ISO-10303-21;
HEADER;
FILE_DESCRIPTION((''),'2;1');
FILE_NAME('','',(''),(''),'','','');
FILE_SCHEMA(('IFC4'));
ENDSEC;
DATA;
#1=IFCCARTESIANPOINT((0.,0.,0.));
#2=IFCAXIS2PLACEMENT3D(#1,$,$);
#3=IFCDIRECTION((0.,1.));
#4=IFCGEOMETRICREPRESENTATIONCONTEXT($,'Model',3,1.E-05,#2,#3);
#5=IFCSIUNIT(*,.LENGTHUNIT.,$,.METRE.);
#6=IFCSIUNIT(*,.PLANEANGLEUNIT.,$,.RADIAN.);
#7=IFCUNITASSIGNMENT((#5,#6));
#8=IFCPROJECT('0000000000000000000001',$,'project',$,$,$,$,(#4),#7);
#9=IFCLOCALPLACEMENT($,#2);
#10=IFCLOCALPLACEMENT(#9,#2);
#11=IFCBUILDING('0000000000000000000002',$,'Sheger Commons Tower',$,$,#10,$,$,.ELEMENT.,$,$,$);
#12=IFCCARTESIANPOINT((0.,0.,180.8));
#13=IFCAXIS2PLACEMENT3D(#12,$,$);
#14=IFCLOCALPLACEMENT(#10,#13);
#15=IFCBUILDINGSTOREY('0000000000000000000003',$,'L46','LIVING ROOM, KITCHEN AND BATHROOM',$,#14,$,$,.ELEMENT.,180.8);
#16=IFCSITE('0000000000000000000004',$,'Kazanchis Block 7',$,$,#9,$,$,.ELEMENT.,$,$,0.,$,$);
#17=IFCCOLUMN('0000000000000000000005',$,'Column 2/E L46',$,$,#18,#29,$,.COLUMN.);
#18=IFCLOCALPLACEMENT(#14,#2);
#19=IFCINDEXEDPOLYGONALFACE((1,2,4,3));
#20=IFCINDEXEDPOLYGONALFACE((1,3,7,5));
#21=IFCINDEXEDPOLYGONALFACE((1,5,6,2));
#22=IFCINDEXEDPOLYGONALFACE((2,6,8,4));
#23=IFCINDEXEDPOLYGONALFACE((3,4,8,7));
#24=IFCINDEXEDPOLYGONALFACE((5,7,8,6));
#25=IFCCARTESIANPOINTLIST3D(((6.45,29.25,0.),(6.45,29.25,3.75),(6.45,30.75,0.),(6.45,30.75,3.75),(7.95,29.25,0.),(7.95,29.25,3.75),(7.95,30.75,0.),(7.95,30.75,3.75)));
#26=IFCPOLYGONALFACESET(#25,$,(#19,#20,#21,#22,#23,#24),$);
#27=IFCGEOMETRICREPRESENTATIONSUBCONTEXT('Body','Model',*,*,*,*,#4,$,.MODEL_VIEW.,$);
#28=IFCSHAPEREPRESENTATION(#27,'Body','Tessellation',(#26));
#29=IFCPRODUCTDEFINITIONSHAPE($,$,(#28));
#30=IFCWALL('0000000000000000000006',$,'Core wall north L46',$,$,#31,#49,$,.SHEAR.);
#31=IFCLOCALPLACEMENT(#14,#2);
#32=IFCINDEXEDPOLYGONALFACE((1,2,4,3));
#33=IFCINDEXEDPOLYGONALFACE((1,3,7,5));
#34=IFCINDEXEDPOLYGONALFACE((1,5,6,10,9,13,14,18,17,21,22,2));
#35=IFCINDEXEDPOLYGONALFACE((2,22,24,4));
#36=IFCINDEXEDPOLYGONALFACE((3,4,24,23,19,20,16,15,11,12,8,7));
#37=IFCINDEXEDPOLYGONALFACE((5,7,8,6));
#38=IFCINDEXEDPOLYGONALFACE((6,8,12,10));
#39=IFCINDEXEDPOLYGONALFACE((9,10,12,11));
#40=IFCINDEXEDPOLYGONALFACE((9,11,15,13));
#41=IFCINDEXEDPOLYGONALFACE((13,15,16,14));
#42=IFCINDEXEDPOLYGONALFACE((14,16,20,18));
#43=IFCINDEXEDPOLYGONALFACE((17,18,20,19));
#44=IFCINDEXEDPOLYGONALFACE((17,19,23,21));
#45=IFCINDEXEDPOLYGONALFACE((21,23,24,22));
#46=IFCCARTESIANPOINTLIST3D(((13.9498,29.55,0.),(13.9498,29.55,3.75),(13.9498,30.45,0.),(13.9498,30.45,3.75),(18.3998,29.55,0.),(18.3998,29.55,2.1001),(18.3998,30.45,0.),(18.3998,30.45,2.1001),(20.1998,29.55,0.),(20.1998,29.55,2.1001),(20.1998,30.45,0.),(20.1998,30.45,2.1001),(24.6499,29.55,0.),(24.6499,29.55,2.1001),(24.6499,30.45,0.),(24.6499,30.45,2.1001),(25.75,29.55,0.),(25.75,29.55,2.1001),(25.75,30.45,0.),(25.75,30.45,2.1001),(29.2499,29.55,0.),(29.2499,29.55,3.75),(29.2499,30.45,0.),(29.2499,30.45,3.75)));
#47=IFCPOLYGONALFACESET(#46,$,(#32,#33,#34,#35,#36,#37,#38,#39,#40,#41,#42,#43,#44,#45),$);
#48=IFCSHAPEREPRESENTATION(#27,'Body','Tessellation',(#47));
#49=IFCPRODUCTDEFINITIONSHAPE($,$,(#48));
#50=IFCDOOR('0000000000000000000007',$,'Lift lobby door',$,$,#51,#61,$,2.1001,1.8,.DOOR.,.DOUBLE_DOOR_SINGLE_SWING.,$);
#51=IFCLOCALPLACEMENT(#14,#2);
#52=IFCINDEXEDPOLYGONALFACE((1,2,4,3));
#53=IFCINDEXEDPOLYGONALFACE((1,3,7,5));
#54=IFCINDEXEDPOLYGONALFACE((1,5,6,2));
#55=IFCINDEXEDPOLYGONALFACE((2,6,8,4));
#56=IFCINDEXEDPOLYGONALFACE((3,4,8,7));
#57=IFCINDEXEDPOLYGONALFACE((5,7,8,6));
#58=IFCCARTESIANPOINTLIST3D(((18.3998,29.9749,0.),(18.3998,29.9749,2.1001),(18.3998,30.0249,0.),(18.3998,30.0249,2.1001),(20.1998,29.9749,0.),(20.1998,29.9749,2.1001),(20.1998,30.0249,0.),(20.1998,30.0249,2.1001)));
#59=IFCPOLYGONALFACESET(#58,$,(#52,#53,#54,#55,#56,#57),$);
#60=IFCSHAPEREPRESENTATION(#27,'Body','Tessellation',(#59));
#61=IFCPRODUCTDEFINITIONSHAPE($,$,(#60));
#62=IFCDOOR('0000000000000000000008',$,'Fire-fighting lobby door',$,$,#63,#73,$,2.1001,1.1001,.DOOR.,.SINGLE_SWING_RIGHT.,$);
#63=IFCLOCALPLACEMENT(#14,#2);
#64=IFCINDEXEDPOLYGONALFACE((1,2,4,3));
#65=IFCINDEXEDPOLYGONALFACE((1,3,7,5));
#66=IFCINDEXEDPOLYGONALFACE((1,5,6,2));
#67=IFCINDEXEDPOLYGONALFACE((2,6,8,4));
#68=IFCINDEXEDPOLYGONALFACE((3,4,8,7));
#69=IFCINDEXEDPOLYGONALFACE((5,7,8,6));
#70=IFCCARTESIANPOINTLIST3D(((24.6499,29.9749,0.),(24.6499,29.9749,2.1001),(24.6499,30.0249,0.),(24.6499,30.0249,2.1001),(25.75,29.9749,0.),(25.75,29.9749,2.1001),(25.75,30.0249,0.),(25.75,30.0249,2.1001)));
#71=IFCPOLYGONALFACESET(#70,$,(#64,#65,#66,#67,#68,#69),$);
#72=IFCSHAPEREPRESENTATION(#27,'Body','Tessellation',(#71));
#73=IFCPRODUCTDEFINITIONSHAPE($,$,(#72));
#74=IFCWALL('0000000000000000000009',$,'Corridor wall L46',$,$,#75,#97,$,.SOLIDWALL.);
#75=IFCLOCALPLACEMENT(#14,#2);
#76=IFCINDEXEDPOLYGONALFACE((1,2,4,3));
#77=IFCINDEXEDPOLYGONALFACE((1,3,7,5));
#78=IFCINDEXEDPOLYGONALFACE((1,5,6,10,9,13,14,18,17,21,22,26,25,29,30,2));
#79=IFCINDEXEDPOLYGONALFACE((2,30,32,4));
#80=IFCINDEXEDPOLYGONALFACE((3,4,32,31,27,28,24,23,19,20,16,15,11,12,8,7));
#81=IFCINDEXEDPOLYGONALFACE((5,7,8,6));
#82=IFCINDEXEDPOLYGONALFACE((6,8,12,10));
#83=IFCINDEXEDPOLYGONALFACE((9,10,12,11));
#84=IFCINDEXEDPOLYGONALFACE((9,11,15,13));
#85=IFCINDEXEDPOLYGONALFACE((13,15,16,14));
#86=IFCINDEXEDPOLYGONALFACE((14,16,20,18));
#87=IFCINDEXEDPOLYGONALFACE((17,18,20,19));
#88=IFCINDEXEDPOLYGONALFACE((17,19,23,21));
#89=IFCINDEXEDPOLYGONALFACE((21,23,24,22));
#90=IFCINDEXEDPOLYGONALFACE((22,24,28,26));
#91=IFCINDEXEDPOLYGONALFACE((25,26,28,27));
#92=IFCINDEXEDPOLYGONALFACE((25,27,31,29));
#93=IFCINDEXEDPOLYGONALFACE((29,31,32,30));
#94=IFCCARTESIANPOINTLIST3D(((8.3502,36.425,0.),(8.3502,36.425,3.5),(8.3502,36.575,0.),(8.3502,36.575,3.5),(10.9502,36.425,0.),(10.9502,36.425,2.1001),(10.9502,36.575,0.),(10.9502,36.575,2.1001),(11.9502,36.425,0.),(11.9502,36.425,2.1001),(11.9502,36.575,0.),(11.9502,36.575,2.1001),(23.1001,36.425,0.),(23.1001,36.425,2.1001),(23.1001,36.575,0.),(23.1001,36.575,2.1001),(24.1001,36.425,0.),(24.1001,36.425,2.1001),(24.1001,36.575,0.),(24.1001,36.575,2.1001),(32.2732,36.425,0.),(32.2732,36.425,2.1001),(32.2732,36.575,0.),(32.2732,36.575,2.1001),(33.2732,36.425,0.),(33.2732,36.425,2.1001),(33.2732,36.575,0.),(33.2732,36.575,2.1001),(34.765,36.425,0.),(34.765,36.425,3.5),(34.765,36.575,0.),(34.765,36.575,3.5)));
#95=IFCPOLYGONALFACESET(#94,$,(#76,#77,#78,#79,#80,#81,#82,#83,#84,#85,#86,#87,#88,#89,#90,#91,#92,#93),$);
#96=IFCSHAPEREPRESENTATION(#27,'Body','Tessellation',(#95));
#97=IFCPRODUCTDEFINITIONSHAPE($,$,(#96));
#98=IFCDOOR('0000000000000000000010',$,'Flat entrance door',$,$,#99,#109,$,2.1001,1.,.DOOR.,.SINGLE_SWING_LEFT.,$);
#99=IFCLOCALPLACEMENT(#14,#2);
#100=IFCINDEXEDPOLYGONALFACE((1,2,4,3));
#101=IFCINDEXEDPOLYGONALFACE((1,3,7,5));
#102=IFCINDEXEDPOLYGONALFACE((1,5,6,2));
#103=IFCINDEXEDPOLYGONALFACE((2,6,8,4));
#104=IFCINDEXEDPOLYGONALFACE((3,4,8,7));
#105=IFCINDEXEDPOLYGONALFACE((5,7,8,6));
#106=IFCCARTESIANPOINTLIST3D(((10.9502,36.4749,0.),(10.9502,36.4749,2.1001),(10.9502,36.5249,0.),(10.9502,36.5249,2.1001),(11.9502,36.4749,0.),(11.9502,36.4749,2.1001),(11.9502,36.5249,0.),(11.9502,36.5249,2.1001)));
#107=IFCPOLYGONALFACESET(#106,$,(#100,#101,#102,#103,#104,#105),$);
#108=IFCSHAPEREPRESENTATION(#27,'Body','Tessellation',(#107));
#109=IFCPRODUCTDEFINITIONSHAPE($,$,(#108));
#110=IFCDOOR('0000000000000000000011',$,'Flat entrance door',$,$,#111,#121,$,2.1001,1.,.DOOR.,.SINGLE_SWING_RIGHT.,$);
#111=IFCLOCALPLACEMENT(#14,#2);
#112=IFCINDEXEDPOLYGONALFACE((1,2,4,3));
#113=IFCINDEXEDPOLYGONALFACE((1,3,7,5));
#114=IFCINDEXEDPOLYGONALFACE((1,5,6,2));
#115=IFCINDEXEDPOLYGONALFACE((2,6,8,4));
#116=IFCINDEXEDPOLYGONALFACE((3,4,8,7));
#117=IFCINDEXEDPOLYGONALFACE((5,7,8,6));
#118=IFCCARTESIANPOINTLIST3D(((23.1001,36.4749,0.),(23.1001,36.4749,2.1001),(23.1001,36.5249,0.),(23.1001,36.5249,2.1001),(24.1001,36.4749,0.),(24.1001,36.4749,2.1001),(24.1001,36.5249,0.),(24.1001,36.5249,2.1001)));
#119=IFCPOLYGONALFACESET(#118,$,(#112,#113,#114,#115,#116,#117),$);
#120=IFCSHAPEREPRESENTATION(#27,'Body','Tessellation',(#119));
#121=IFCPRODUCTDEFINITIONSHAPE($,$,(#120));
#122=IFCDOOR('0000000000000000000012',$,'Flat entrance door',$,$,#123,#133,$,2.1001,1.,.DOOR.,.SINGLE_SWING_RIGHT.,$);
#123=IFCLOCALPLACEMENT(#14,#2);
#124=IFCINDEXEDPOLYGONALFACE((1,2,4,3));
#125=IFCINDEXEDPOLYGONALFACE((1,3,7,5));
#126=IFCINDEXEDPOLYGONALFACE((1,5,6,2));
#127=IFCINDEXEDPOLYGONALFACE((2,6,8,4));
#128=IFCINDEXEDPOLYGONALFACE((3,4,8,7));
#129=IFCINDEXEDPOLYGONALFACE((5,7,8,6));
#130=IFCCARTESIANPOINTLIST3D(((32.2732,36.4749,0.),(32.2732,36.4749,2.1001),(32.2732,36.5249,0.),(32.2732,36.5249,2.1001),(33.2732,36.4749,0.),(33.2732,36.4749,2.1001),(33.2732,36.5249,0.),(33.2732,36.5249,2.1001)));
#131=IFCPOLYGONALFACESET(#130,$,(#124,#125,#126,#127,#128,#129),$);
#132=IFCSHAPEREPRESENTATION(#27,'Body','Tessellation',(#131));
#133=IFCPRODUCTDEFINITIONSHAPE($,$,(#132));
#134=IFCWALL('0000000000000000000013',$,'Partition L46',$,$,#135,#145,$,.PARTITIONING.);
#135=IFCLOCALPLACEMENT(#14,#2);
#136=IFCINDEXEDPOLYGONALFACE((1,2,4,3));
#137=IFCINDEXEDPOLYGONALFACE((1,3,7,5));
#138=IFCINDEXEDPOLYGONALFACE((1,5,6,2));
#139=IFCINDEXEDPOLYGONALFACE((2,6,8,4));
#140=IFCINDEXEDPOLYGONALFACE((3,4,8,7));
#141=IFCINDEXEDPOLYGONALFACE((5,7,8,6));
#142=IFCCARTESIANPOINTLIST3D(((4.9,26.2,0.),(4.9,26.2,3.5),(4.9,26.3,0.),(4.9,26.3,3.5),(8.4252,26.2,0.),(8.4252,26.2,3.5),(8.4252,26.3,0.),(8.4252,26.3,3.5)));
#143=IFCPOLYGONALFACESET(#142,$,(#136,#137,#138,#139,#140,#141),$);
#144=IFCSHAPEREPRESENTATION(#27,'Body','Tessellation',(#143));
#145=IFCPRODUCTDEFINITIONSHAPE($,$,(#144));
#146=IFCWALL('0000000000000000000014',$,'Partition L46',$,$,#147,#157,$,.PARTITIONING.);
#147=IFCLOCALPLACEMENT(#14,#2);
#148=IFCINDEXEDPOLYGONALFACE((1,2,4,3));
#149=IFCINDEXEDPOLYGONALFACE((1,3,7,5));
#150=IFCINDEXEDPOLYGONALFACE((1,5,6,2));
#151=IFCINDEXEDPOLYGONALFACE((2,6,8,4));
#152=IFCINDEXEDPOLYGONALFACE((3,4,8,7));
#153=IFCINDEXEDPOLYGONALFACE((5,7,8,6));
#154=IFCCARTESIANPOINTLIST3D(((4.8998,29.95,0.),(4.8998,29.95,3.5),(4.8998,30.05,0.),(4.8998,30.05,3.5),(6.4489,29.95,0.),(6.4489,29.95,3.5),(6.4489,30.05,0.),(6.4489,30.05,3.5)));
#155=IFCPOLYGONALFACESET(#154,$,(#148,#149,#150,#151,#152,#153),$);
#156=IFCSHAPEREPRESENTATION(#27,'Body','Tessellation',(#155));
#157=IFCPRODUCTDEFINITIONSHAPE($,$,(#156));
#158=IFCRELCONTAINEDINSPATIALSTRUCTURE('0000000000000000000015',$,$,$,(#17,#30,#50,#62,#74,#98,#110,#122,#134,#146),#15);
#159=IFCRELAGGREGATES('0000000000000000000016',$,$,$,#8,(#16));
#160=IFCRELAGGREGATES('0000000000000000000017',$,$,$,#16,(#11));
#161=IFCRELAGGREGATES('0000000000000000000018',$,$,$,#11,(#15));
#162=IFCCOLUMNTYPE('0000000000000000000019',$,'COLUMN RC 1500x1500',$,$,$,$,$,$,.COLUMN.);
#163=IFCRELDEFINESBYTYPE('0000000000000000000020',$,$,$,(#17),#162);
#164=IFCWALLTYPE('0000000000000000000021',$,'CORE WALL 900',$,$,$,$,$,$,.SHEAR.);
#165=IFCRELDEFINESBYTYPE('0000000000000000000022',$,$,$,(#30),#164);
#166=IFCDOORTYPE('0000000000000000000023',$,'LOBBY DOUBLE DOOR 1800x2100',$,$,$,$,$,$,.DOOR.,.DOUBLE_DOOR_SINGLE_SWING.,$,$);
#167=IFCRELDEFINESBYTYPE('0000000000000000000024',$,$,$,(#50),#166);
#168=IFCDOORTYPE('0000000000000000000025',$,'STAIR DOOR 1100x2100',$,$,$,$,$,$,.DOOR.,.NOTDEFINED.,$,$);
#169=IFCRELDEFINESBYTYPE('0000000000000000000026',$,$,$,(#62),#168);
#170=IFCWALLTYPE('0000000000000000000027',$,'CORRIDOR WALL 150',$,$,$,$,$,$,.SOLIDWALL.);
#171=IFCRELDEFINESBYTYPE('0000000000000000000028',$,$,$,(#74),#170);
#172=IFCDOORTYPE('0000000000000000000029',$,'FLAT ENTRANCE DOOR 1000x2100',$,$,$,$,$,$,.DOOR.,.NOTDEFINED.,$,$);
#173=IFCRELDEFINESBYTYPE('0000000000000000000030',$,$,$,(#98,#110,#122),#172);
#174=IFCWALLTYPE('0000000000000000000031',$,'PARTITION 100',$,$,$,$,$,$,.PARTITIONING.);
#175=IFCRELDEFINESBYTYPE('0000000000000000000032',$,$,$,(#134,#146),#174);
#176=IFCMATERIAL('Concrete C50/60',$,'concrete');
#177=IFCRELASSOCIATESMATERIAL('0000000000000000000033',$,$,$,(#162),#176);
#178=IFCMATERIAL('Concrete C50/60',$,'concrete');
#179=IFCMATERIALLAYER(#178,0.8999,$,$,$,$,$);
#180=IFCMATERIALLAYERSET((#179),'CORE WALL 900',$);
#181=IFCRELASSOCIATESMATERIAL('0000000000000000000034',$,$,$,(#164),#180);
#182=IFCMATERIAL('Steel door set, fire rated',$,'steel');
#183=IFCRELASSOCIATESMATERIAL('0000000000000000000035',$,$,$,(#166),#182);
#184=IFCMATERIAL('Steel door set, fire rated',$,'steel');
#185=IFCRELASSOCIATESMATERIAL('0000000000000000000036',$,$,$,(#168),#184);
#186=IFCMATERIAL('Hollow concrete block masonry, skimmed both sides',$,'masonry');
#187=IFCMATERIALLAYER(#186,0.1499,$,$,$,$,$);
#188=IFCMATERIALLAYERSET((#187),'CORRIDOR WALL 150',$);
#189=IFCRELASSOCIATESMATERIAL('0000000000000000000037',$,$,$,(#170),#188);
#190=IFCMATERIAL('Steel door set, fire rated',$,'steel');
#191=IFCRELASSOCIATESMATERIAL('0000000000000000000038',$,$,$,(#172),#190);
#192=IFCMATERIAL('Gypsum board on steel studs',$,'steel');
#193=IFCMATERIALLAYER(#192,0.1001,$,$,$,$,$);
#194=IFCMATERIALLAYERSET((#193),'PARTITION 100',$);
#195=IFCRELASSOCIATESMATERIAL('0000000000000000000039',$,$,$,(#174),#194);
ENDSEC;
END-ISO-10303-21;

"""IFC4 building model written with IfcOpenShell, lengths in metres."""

from ifc_helpers import new_model, si_unit, direction, frame, frame_2d, origin, origin_2d, place, context, subcontext, project, spatial, rectangle, extrude, material, layer, layer_set, material_profile, profile_set, type_object, element, fill, save


model = new_model("IFC4")

# Units and contexts
model_context = context("Model", 3, precision=1e-05, world=origin(), true_north=direction((0.0, 1.0)))
body_context = subcontext(model_context, "Body", "Model", "MODEL_VIEW")
ifc_project = project(units=[si_unit("LENGTHUNIT", "METRE"), si_unit("PLANEANGLEUNIT", "RADIAN")], contexts=[model_context])

# Site, building, storey
site_placement = place(None, origin())
site = spatial("IfcSite", under=ifc_project, at=site_placement, Name="Kazanchis Block 7", CompositionType="ELEMENT", RefElevation=0.0)
building_placement = place(site_placement, origin())
building = spatial("IfcBuilding", under=site, at=building_placement, Name="Sheger Commons Tower", CompositionType="ELEMENT")
storey_placement = place(building_placement, frame((0.0, 0.0, 180.8)))
storey = spatial("IfcBuildingStorey", under=building, at=storey_placement, Name="L46", Description="LIVING ROOM, KITCHEN AND BATHROOM", CompositionType="ELEMENT", Elevation=180.8)

# Column
ifc_material_1 = material(Name="Concrete C50/60", Category="concrete")
ifc_material_profile = material_profile(ifc_material_1, rectangle(XDim=1.5, YDim=1.5, at=origin_2d()), Name="RC 1500x1500")
ifc_profile_set = profile_set([ifc_material_profile], Name="Concrete C50/60")
column_type = type_object("IfcColumnType", Name="COLUMN RC 1500x1500", PredefinedType="COLUMN", material=ifc_profile_set)
column_placement = place(storey_placement, frame((7.2, 30.0, 0.0), z_axis=(0.0, 0.0, 1.0), x_axis=(1.0, 0.0, 0.0)))
element("IfcColumn", 1, at=column_placement, inside=storey, type_object=column_type, Name="Column 2/E L46", PredefinedType="COLUMN", context=body_context, shape_type="SweptSolid", body=[
    extrude(rectangle(XDim=1.5, YDim=1.5, at=origin_2d()), origin(), (0.0, 0.0, 1.0), 3.75),
])

# Walls, openings, doors
ifc_material_2 = material(Name="Concrete C50/60", Category="concrete")
ifc_layer_1 = layer(ifc_material_2, 0.8999)
ifc_layer_set_1 = layer_set([ifc_layer_1], Name="CORE WALL 900")
wall_type_1 = type_object("IfcWallType", Name="CORE WALL 900", PredefinedType="SHEAR", material=ifc_layer_set_1)
wall_1_placement = place(storey_placement, frame((13.95, 30.0, 0.0), z_axis=(0.0, 0.0, 1.0), x_axis=(1.0, 0.0, 0.0)))
wall_1 = element("IfcWall", 2, at=wall_1_placement, inside=storey, type_object=wall_type_1, Name="Core wall north L46", PredefinedType="SHEAR", context=body_context, shape_type="SweptSolid", body=[
    extrude(rectangle(XDim=15.3, YDim=0.8999, at=frame_2d((7.6499, 0.0))), origin(), (0.0, 0.0, 1.0), 3.75),
])
opening_1_placement = place(wall_1_placement, frame((4.45, 0.0, 0.0)))
opening_1 = element("IfcOpeningElement", 3, at=opening_1_placement, cuts=wall_1, PredefinedType="OPENING", context=body_context, shape_type="SweptSolid", body=[
    extrude(rectangle(XDim=1.8, YDim=2.1001, at=frame_2d((0.8999, 1.05))), frame((0.0, 0.46, 0.0), z_axis=(0.0, -1.0, 0.0), x_axis=(1.0, 0.0, 0.0)), (0.0, 0.0, 1.0), 0.9199),
])
opening_2_placement = place(wall_1_placement, frame((10.7, 0.0, 0.0)))
opening_2 = element("IfcOpeningElement", 4, at=opening_2_placement, cuts=wall_1, PredefinedType="OPENING", context=body_context, shape_type="SweptSolid", body=[
    extrude(rectangle(XDim=1.1001, YDim=2.1001, at=frame_2d((0.55, 1.05))), frame((0.0, 0.46, 0.0), z_axis=(0.0, -1.0, 0.0), x_axis=(1.0, 0.0, 0.0)), (0.0, 0.0, 1.0), 0.9199),
])
ifc_material_3 = material(Name="Steel door set, fire rated", Category="steel")
door_type_1 = type_object("IfcDoorType", Name="LOBBY DOUBLE DOOR 1800x2100", OperationType="DOUBLE_DOOR_SINGLE_SWING", PredefinedType="DOOR", material=ifc_material_3)
door_1_placement = place(opening_1_placement, origin())
door_1 = element("IfcDoor", 5, at=door_1_placement, inside=storey, type_object=door_type_1, Name="Lift lobby door", OperationType="DOUBLE_DOOR_SINGLE_SWING", OverallHeight=2.1001, OverallWidth=1.8, PredefinedType="DOOR", context=body_context, shape_type="SweptSolid", body=[
    extrude(rectangle(XDim=1.8, YDim=2.1001, at=frame_2d((0.8999, 1.05))), frame((0.0, 0.0249, 0.0), z_axis=(0.0, -1.0, 0.0), x_axis=(1.0, 0.0, 0.0)), (0.0, 0.0, 1.0), 0.05),
])
fill(opening_1, door_1)
ifc_material_4 = material(Name="Steel door set, fire rated", Category="steel")
door_type_2 = type_object("IfcDoorType", Name="STAIR DOOR 1100x2100", OperationType="NOTDEFINED", PredefinedType="DOOR", material=ifc_material_4)
door_2_placement = place(opening_2_placement, origin())
door_2 = element("IfcDoor", 6, at=door_2_placement, inside=storey, type_object=door_type_2, Name="Fire-fighting lobby door", OperationType="SINGLE_SWING_RIGHT", OverallHeight=2.1001, OverallWidth=1.1001, PredefinedType="DOOR", context=body_context, shape_type="SweptSolid", body=[
    extrude(rectangle(XDim=1.1001, YDim=2.1001, at=frame_2d((0.55, 1.05))), frame((0.0, 0.0249, 0.0), z_axis=(0.0, -1.0, 0.0), x_axis=(1.0, 0.0, 0.0)), (0.0, 0.0, 1.0), 0.05),
])
fill(opening_2, door_2)
ifc_material_5 = material(Name="Hollow concrete block masonry, skimmed both sides", Category="masonry")
ifc_layer_2 = layer(ifc_material_5, 0.1499)
ifc_layer_set_2 = layer_set([ifc_layer_2], Name="CORRIDOR WALL 150")
wall_type_2 = type_object("IfcWallType", Name="CORRIDOR WALL 150", PredefinedType="SOLIDWALL", material=ifc_layer_set_2)
wall_2_placement = place(storey_placement, frame((8.3501, 36.5, 0.0), z_axis=(0.0, 0.0, 1.0), x_axis=(1.0, 0.0, 0.0)))
wall_2 = element("IfcWall", 7, at=wall_2_placement, inside=storey, type_object=wall_type_2, Name="Corridor wall L46", PredefinedType="SOLIDWALL", context=body_context, shape_type="SweptSolid", body=[
    extrude(rectangle(XDim=26.4148, YDim=0.1499, at=frame_2d((13.2075, 0.0))), origin(), (0.0, 0.0, 1.0), 3.5),
])
opening_3_placement = place(wall_2_placement, frame((2.6001, 0.0, 0.0)))
opening_3 = element("IfcOpeningElement", 8, at=opening_3_placement, cuts=wall_2, PredefinedType="OPENING", context=body_context, shape_type="SweptSolid", body=[
    extrude(rectangle(XDim=1.0, YDim=2.1001, at=frame_2d((0.5, 1.05))), frame((0.0, 0.085, 0.0), z_axis=(0.0, -1.0, 0.0), x_axis=(1.0, 0.0, 0.0)), (0.0, 0.0, 1.0), 0.1699),
])
opening_4_placement = place(wall_2_placement, frame((14.75, 0.0, 0.0)))
opening_4 = element("IfcOpeningElement", 9, at=opening_4_placement, cuts=wall_2, PredefinedType="OPENING", context=body_context, shape_type="SweptSolid", body=[
    extrude(rectangle(XDim=1.0, YDim=2.1001, at=frame_2d((0.5, 1.05))), frame((0.0, 0.085, 0.0), z_axis=(0.0, -1.0, 0.0), x_axis=(1.0, 0.0, 0.0)), (0.0, 0.0, 1.0), 0.1699),
])
opening_5_placement = place(wall_2_placement, frame((23.9231, 0.0, 0.0)))
opening_5 = element("IfcOpeningElement", 10, at=opening_5_placement, cuts=wall_2, PredefinedType="OPENING", context=body_context, shape_type="SweptSolid", body=[
    extrude(rectangle(XDim=1.0, YDim=2.1001, at=frame_2d((0.5, 1.05))), frame((0.0, 0.085, 0.0), z_axis=(0.0, -1.0, 0.0), x_axis=(1.0, 0.0, 0.0)), (0.0, 0.0, 1.0), 0.1699),
])
ifc_material_6 = material(Name="Steel door set, fire rated", Category="steel")
door_type_3 = type_object("IfcDoorType", Name="FLAT ENTRANCE DOOR 1000x2100", OperationType="NOTDEFINED", PredefinedType="DOOR", material=ifc_material_6)
door_3_placement = place(opening_3_placement, origin())
door_3 = element("IfcDoor", 11, at=door_3_placement, inside=storey, type_object=door_type_3, Name="Flat entrance door", OperationType="SINGLE_SWING_LEFT", OverallHeight=2.1001, OverallWidth=1.0, PredefinedType="DOOR", context=body_context, shape_type="SweptSolid", body=[
    extrude(rectangle(XDim=1.0, YDim=2.1001, at=frame_2d((0.5, 1.05))), frame((0.0, 0.0249, 0.0), z_axis=(0.0, -1.0, 0.0), x_axis=(1.0, 0.0, 0.0)), (0.0, 0.0, 1.0), 0.05),
])
fill(opening_3, door_3)
door_4_placement = place(opening_4_placement, origin())
door_4 = element("IfcDoor", 12, at=door_4_placement, inside=storey, type_object=door_type_3, Name="Flat entrance door", OperationType="SINGLE_SWING_RIGHT", OverallHeight=2.1001, OverallWidth=1.0, PredefinedType="DOOR", context=body_context, shape_type="SweptSolid", body=[
    extrude(rectangle(XDim=1.0, YDim=2.1001, at=frame_2d((0.5, 1.05))), frame((0.0, 0.0249, 0.0), z_axis=(0.0, -1.0, 0.0), x_axis=(1.0, 0.0, 0.0)), (0.0, 0.0, 1.0), 0.05),
])
fill(opening_4, door_4)
door_5_placement = place(opening_5_placement, origin())
door_5 = element("IfcDoor", 13, at=door_5_placement, inside=storey, type_object=door_type_3, Name="Flat entrance door", OperationType="SINGLE_SWING_RIGHT", OverallHeight=2.1001, OverallWidth=1.0, PredefinedType="DOOR", context=body_context, shape_type="SweptSolid", body=[
    extrude(rectangle(XDim=1.0, YDim=2.1001, at=frame_2d((0.5, 1.05))), frame((0.0, 0.0249, 0.0), z_axis=(0.0, -1.0, 0.0), x_axis=(1.0, 0.0, 0.0)), (0.0, 0.0, 1.0), 0.05),
])
fill(opening_5, door_5)

# Walls
ifc_material_7 = material(Name="Gypsum board on steel studs", Category="steel")
ifc_layer_3 = layer(ifc_material_7, 0.1001)
ifc_layer_set_3 = layer_set([ifc_layer_3], Name="PARTITION 100")
wall_type_3 = type_object("IfcWallType", Name="PARTITION 100", PredefinedType="PARTITIONING", material=ifc_layer_set_3)
wall_3_placement = place(storey_placement, frame((4.8999, 26.25, 0.0), z_axis=(0.0, 0.0, 1.0), x_axis=(1.0, 0.0, 0.0)))
element("IfcWall", 14, at=wall_3_placement, inside=storey, type_object=wall_type_3, Name="Partition L46", PredefinedType="PARTITIONING", context=body_context, shape_type="SweptSolid", body=[
    extrude(rectangle(XDim=3.5251, YDim=0.1001, at=frame_2d((1.7627, 0.0))), origin(), (0.0, 0.0, 1.0), 3.5),
])
wall_4_placement = place(storey_placement, frame((4.8999, 30.0, 0.0), z_axis=(0.0, 0.0, 1.0), x_axis=(1.0, 0.0, 0.0)))
element("IfcWall", 15, at=wall_4_placement, inside=storey, type_object=wall_type_3, Name="Partition L46", PredefinedType="PARTITIONING", context=body_context, shape_type="SweptSolid", body=[
    extrude(rectangle(XDim=1.5491, YDim=0.1001, at=frame_2d((0.7744, 0.0))), origin(), (0.0, 0.0, 1.0), 3.5),
])

save(model, "model.ifc")
